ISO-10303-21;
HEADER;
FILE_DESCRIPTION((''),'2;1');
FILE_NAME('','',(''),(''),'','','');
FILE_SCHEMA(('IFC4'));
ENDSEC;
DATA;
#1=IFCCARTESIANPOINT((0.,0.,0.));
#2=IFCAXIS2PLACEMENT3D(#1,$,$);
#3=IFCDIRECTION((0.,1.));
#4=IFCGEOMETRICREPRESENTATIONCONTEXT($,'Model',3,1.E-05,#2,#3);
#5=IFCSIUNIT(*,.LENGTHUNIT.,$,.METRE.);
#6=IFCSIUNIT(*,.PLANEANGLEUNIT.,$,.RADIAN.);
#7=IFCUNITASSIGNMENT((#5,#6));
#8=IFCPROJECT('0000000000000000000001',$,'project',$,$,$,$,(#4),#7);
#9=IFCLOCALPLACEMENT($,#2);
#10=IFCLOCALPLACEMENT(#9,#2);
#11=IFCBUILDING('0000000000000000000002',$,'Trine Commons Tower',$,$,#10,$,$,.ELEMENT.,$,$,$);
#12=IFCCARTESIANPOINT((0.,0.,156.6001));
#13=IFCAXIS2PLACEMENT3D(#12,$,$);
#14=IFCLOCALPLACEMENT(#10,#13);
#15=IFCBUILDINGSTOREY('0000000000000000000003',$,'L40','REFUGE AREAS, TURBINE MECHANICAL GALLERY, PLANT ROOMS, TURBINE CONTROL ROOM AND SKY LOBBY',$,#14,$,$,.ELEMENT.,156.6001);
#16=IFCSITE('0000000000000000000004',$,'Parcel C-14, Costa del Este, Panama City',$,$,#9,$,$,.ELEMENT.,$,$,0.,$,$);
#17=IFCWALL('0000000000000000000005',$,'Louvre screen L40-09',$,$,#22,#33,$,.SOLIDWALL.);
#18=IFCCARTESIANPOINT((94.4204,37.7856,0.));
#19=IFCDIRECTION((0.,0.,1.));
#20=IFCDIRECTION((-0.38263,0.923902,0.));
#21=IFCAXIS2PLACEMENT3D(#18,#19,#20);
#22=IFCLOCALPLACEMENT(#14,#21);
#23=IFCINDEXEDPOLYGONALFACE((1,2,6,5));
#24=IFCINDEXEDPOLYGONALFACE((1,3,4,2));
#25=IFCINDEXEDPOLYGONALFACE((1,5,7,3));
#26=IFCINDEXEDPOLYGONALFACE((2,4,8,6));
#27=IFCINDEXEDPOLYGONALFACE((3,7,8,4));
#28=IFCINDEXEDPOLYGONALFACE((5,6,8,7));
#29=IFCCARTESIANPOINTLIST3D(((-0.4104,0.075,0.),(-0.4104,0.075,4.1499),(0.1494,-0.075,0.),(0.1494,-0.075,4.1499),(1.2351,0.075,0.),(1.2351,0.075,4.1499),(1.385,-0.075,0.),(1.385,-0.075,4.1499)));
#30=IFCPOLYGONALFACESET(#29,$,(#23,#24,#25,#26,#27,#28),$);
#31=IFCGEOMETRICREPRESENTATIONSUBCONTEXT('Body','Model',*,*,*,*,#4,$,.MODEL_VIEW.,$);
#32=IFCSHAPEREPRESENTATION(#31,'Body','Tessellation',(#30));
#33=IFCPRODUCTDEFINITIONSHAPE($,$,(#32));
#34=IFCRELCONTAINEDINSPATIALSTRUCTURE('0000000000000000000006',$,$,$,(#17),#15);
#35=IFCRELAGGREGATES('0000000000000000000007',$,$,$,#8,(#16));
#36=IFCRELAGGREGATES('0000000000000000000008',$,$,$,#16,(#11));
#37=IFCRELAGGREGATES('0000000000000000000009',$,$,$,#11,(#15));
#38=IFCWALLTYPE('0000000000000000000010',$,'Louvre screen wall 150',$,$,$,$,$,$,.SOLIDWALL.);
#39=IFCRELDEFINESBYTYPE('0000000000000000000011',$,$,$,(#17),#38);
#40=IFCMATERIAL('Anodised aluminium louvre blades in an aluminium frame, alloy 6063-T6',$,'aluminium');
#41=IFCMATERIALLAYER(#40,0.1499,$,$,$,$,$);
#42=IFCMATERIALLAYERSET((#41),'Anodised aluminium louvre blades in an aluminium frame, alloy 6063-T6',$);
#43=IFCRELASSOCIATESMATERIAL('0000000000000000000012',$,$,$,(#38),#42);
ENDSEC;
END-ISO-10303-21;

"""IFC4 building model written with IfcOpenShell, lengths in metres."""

from ifc_helpers import new_model, si_unit, direction, frame, origin, place, context, subcontext, project, spatial, polyline, outline, extrude, material, layer, layer_set, type_object, element, save


model = new_model("IFC4")

# Units and contexts
model_context = context("Model", 3, precision=1e-05, world=origin(), true_north=direction((0.0, 1.0)))
body_context = subcontext(model_context, "Body", "Model", "MODEL_VIEW")
ifc_project = project(units=[si_unit("LENGTHUNIT", "METRE"), si_unit("PLANEANGLEUNIT", "RADIAN")], contexts=[model_context])

# Site, building, storey
site_placement = place(None, origin())
site = spatial("IfcSite", under=ifc_project, at=site_placement, Name="Parcel C-14, Costa del Este, Panama City", CompositionType="ELEMENT", RefElevation=0.0)
building_placement = place(site_placement, origin())
building = spatial("IfcBuilding", under=site, at=building_placement, Name="Trine Commons Tower", CompositionType="ELEMENT")
storey_placement = place(building_placement, frame((0.0, 0.0, 156.6001)))
storey = spatial("IfcBuildingStorey", under=building, at=storey_placement, Name="L40", Description="REFUGE AREAS, TURBINE MECHANICAL GALLERY, PLANT ROOMS, TURBINE CONTROL ROOM AND SKY LOBBY", CompositionType="ELEMENT", Elevation=156.6001)

# Wall
ifc_material_1 = material(Name="Anodised aluminium louvre blades in an aluminium frame, alloy 6063-T6", Category="aluminium")
ifc_layer = layer(ifc_material_1, 0.1499)
ifc_layer_set = layer_set([ifc_layer], Name="Anodised aluminium louvre blades in an aluminium frame, alloy 6063-T6")
wall_type = type_object("IfcWallType", Name="Louvre screen wall 150", PredefinedType="SOLIDWALL", material=ifc_layer_set)
wall_1_placement = place(storey_placement, frame((94.4204, 37.7856, 0.0), z_axis=(0.0, 0.0, 1.0), x_axis=(-0.38263, 0.923902, 0.0)))
element("IfcWall", 1, at=wall_1_placement, inside=storey, type_object=wall_type, Name="Louvre screen L40-09", PredefinedType="SOLIDWALL", context=body_context, shape_type="SweptSolid", body=[
    extrude(outline(polyline([(0.1494, -0.075), (1.385, -0.075), (1.2351, 0.075), (-0.4104, 0.075), (0.1494, -0.075)])), origin(), (0.0, 0.0, 1.0), 4.1499),
])

save(model, "model.ifc")
